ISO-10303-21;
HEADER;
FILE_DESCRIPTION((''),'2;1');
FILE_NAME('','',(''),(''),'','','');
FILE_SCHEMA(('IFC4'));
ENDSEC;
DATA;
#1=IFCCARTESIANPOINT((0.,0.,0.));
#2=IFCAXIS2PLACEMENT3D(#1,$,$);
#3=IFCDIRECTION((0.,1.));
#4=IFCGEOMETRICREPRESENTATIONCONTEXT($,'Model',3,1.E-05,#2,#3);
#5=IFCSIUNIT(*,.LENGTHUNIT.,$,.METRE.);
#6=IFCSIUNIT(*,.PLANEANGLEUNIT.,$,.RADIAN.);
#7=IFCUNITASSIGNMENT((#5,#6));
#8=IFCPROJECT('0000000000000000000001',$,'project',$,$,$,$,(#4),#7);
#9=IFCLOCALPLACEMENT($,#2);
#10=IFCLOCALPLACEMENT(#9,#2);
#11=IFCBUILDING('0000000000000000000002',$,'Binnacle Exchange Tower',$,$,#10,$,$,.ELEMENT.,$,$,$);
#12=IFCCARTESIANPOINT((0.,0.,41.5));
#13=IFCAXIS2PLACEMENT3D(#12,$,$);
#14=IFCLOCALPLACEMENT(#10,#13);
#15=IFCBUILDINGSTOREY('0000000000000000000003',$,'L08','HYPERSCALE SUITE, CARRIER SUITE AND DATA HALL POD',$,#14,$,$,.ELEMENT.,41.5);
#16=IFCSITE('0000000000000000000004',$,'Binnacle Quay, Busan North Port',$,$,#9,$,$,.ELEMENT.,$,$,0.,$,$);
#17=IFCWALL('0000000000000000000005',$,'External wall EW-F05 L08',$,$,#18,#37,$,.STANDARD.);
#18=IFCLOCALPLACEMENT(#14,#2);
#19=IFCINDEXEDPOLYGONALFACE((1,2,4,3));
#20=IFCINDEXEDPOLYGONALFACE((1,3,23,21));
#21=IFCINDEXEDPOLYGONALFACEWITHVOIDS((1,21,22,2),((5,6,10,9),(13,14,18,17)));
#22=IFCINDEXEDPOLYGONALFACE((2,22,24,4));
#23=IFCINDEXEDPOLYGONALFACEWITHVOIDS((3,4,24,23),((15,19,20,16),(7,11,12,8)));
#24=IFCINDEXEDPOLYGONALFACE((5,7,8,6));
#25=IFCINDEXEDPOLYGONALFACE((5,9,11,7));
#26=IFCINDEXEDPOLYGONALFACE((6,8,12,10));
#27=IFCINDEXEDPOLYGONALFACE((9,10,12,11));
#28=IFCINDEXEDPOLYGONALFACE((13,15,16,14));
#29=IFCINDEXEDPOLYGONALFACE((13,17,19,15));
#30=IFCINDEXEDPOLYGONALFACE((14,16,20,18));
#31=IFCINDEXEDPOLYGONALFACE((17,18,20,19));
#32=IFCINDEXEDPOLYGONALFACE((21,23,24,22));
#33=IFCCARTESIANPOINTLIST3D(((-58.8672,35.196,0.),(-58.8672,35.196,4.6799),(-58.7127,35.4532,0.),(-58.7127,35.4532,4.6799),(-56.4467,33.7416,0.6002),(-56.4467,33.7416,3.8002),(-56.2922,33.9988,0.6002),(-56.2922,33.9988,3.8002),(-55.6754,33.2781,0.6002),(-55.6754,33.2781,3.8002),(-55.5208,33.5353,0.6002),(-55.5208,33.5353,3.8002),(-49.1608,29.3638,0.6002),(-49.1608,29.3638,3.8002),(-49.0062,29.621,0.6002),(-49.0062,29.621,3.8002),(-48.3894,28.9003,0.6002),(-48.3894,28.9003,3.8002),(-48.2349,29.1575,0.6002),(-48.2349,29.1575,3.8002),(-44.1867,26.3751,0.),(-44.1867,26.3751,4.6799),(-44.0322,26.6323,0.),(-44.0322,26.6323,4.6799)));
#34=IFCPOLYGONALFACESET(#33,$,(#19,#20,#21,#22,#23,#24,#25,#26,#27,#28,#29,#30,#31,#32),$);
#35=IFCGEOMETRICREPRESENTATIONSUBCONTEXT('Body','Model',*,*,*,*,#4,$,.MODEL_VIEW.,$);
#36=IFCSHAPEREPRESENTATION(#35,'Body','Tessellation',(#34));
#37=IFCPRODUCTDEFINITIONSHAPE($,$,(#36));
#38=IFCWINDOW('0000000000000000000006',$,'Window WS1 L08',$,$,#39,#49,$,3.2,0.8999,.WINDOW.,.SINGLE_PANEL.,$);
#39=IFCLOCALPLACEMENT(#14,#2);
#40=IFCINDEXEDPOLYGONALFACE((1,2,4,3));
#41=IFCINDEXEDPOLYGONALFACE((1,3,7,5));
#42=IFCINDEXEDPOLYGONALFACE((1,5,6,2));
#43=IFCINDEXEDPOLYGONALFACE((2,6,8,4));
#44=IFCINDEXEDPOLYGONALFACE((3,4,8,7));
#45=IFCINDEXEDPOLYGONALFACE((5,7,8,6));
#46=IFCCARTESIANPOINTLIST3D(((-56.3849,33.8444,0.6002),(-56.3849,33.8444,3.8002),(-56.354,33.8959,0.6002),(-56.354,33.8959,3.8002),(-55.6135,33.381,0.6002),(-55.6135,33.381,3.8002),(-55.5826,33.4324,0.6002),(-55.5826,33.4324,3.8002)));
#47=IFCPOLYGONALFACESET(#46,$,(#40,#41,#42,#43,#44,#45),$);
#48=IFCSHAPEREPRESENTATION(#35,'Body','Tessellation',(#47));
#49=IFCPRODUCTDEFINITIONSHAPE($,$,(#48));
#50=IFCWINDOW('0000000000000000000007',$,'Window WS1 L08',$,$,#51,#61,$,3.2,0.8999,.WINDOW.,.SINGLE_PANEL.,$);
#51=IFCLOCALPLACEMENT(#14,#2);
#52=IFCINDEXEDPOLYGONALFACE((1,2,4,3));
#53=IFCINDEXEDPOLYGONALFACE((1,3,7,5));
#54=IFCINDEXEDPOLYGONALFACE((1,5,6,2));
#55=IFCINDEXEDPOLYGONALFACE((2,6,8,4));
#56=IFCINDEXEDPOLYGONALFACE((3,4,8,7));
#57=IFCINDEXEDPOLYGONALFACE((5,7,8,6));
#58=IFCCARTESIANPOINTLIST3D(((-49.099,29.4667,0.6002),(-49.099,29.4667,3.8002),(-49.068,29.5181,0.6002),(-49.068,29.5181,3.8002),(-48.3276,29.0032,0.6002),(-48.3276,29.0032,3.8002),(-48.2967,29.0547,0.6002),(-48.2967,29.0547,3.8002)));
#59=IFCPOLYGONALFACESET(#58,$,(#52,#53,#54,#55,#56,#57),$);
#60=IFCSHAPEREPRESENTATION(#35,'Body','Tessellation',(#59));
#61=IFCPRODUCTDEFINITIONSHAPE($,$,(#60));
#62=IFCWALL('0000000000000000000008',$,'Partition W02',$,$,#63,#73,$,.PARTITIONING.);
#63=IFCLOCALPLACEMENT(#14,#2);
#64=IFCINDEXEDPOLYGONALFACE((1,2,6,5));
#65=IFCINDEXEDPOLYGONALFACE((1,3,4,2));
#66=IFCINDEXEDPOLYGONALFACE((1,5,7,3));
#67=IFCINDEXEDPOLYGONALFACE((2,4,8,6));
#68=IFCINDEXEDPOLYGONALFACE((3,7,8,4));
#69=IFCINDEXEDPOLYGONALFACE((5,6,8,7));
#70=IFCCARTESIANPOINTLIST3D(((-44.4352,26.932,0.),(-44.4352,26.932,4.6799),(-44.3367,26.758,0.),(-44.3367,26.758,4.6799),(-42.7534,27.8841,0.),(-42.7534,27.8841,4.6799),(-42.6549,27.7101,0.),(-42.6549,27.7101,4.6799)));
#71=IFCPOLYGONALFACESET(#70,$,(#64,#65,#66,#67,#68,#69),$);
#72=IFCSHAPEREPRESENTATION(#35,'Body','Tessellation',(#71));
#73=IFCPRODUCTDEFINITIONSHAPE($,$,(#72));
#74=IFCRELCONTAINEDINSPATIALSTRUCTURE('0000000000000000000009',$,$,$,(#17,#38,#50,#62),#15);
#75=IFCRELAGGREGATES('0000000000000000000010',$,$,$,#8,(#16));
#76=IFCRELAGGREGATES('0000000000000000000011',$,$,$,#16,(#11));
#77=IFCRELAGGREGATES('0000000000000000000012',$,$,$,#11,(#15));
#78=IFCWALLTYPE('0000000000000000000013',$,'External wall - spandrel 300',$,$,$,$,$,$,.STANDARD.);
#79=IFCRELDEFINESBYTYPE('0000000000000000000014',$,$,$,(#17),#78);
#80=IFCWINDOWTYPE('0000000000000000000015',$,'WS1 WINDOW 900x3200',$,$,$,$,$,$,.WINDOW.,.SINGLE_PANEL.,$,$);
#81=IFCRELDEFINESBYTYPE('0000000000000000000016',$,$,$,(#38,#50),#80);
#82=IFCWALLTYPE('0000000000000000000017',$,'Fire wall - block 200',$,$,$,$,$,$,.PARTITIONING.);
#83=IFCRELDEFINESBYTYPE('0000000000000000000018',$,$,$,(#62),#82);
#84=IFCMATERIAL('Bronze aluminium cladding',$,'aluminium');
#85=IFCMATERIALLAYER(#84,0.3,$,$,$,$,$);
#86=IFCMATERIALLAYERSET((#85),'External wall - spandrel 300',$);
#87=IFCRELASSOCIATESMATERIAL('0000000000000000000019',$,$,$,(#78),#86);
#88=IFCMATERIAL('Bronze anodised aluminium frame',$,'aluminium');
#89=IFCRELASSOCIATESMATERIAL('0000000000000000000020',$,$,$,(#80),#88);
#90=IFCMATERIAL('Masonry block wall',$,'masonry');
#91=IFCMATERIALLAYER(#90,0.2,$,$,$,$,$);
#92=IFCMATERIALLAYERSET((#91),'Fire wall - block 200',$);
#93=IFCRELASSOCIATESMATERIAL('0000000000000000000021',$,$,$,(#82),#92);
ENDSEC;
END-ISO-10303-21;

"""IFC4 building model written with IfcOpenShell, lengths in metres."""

from ifc_helpers import new_model, si_unit, direction, frame, frame_2d, origin, place, context, subcontext, project, spatial, rectangle, extrude, material, layer, layer_set, type_object, element, fill, save


model = new_model("IFC4")

# Units and contexts
model_context = context("Model", 3, precision=1e-05, world=origin(), true_north=direction((0.0, 1.0)))
body_context = subcontext(model_context, "Body", "Model", "MODEL_VIEW")
ifc_project = project(units=[si_unit("LENGTHUNIT", "METRE"), si_unit("PLANEANGLEUNIT", "RADIAN")], contexts=[model_context])

# Site, building, storey
site_placement = place(None, origin())
site = spatial("IfcSite", under=ifc_project, at=site_placement, Name="Binnacle Quay, Busan North Port", CompositionType="ELEMENT", RefElevation=0.0)
building_placement = place(site_placement, origin())
building = spatial("IfcBuilding", under=site, at=building_placement, Name="Binnacle Exchange Tower", CompositionType="ELEMENT")
storey_placement = place(building_placement, frame((0.0, 0.0, 41.5)))
storey = spatial("IfcBuildingStorey", under=building, at=storey_placement, Name="L08", Description="HYPERSCALE SUITE, CARRIER SUITE AND DATA HALL POD", CompositionType="ELEMENT", Elevation=41.5)

# Shared definitions
ifc_material_1 = material(Name="Bronze aluminium cladding", Category="aluminium")
ifc_layer_1 = layer(ifc_material_1, 0.3)
ifc_layer_set_1 = layer_set([ifc_layer_1], Name="External wall - spandrel 300")
wall_type_1 = type_object("IfcWallType", Name="External wall - spandrel 300", PredefinedType="STANDARD", material=ifc_layer_set_1)
ifc_material_2 = material(Name="Bronze anodised aluminium frame", Category="aluminium")
window_type = type_object("IfcWindowType", Name="WS1 WINDOW 900x3200", PartitioningType="SINGLE_PANEL", PredefinedType="WINDOW", material=ifc_material_2)

# Wall, openings, windows
wall_1_placement = place(storey_placement, frame((-44.1094, 26.5037, 0.0), z_axis=(0.0, 0.0, 1.0), x_axis=(-0.85717, 0.515034, 0.0)))
wall_1 = element("IfcWall", 1, at=wall_1_placement, inside=storey, type_object=wall_type_1, Name="External wall EW-F05 L08", PredefinedType="STANDARD", context=body_context, shape_type="SweptSolid", body=[
    extrude(rectangle(XDim=17.1267, YDim=0.3, at=frame_2d((8.5635, 0.0))), origin(), (0.0, 0.0, 1.0), 4.6799),
])
opening_1_placement = place(wall_1_placement, frame((13.4031, 0.0, 0.6001)))
opening_1 = element("IfcOpeningElement", 2, at=opening_1_placement, cuts=wall_1, PredefinedType="OPENING", context=body_context, shape_type="SweptSolid", body=[
    extrude(rectangle(XDim=0.8999, YDim=3.2, at=frame_2d((0.45, 1.6001))), frame((0.0, 0.1599, 0.0), z_axis=(0.0, -1.0, 0.0), x_axis=(1.0, 0.0, 0.0)), (0.0, 0.0, 1.0), 0.3201),
])
opening_2_placement = place(wall_1_placement, frame((4.9031, 0.0, 0.6001)))
opening_2 = element("IfcOpeningElement", 3, at=opening_2_placement, cuts=wall_1, PredefinedType="OPENING", context=body_context, shape_type="SweptSolid", body=[
    extrude(rectangle(XDim=0.8999, YDim=3.2, at=frame_2d((0.45, 1.6001))), frame((0.0, 0.1599, 0.0), z_axis=(0.0, -1.0, 0.0), x_axis=(1.0, 0.0, 0.0)), (0.0, 0.0, 1.0), 0.3201),
])
window_1_placement = place(opening_1_placement, origin())
window_1 = element("IfcWindow", 4, at=window_1_placement, inside=storey, type_object=window_type, Name="Window WS1 L08", OverallHeight=3.2, OverallWidth=0.8999, PartitioningType="SINGLE_PANEL", PredefinedType="WINDOW", context=body_context, shape_type="SweptSolid", body=[
    extrude(rectangle(XDim=0.8999, YDim=3.2, at=frame_2d((0.45, 1.6001))), frame((0.0, 0.03, 0.0), z_axis=(0.0, -1.0, 0.0), x_axis=(1.0, 0.0, 0.0)), (0.0, 0.0, 1.0), 0.0601),
])
fill(opening_1, window_1)
window_2_placement = place(opening_2_placement, origin())
window_2 = element("IfcWindow", 5, at=window_2_placement, inside=storey, type_object=window_type, Name="Window WS1 L08", OverallHeight=3.2, OverallWidth=0.8999, PartitioningType="SINGLE_PANEL", PredefinedType="WINDOW", context=body_context, shape_type="SweptSolid", body=[
    extrude(rectangle(XDim=0.8999, YDim=3.2, at=frame_2d((0.45, 1.6001))), frame((0.0, 0.03, 0.0), z_axis=(0.0, -1.0, 0.0), x_axis=(1.0, 0.0, 0.0)), (0.0, 0.0, 1.0), 0.0601),
])
fill(opening_2, window_2)

# Wall
ifc_material_3 = material(Name="Masonry block wall", Category="masonry")
ifc_layer_2 = layer(ifc_material_3, 0.2)
ifc_layer_set_2 = layer_set([ifc_layer_2], Name="Fire wall - block 200")
wall_type_2 = type_object("IfcWallType", Name="Fire wall - block 200", PredefinedType="PARTITIONING", material=ifc_layer_set_2)
wall_2_placement = place(storey_placement, frame((-44.386, 26.845, 0.0), z_axis=(0.0, 0.0, 1.0), x_axis=(0.870226, 0.492652, 0.0)))
element("IfcWall", 6, at=wall_2_placement, inside=storey, type_object=wall_type_2, Name="Partition W02", PredefinedType="PARTITIONING", context=body_context, shape_type="SweptSolid", body=[
    extrude(rectangle(XDim=1.9326, YDim=0.2, at=frame_2d((0.9663, 0.0))), origin(), (0.0, 0.0, 1.0), 4.6799),
])

save(model, "model.ifc")
